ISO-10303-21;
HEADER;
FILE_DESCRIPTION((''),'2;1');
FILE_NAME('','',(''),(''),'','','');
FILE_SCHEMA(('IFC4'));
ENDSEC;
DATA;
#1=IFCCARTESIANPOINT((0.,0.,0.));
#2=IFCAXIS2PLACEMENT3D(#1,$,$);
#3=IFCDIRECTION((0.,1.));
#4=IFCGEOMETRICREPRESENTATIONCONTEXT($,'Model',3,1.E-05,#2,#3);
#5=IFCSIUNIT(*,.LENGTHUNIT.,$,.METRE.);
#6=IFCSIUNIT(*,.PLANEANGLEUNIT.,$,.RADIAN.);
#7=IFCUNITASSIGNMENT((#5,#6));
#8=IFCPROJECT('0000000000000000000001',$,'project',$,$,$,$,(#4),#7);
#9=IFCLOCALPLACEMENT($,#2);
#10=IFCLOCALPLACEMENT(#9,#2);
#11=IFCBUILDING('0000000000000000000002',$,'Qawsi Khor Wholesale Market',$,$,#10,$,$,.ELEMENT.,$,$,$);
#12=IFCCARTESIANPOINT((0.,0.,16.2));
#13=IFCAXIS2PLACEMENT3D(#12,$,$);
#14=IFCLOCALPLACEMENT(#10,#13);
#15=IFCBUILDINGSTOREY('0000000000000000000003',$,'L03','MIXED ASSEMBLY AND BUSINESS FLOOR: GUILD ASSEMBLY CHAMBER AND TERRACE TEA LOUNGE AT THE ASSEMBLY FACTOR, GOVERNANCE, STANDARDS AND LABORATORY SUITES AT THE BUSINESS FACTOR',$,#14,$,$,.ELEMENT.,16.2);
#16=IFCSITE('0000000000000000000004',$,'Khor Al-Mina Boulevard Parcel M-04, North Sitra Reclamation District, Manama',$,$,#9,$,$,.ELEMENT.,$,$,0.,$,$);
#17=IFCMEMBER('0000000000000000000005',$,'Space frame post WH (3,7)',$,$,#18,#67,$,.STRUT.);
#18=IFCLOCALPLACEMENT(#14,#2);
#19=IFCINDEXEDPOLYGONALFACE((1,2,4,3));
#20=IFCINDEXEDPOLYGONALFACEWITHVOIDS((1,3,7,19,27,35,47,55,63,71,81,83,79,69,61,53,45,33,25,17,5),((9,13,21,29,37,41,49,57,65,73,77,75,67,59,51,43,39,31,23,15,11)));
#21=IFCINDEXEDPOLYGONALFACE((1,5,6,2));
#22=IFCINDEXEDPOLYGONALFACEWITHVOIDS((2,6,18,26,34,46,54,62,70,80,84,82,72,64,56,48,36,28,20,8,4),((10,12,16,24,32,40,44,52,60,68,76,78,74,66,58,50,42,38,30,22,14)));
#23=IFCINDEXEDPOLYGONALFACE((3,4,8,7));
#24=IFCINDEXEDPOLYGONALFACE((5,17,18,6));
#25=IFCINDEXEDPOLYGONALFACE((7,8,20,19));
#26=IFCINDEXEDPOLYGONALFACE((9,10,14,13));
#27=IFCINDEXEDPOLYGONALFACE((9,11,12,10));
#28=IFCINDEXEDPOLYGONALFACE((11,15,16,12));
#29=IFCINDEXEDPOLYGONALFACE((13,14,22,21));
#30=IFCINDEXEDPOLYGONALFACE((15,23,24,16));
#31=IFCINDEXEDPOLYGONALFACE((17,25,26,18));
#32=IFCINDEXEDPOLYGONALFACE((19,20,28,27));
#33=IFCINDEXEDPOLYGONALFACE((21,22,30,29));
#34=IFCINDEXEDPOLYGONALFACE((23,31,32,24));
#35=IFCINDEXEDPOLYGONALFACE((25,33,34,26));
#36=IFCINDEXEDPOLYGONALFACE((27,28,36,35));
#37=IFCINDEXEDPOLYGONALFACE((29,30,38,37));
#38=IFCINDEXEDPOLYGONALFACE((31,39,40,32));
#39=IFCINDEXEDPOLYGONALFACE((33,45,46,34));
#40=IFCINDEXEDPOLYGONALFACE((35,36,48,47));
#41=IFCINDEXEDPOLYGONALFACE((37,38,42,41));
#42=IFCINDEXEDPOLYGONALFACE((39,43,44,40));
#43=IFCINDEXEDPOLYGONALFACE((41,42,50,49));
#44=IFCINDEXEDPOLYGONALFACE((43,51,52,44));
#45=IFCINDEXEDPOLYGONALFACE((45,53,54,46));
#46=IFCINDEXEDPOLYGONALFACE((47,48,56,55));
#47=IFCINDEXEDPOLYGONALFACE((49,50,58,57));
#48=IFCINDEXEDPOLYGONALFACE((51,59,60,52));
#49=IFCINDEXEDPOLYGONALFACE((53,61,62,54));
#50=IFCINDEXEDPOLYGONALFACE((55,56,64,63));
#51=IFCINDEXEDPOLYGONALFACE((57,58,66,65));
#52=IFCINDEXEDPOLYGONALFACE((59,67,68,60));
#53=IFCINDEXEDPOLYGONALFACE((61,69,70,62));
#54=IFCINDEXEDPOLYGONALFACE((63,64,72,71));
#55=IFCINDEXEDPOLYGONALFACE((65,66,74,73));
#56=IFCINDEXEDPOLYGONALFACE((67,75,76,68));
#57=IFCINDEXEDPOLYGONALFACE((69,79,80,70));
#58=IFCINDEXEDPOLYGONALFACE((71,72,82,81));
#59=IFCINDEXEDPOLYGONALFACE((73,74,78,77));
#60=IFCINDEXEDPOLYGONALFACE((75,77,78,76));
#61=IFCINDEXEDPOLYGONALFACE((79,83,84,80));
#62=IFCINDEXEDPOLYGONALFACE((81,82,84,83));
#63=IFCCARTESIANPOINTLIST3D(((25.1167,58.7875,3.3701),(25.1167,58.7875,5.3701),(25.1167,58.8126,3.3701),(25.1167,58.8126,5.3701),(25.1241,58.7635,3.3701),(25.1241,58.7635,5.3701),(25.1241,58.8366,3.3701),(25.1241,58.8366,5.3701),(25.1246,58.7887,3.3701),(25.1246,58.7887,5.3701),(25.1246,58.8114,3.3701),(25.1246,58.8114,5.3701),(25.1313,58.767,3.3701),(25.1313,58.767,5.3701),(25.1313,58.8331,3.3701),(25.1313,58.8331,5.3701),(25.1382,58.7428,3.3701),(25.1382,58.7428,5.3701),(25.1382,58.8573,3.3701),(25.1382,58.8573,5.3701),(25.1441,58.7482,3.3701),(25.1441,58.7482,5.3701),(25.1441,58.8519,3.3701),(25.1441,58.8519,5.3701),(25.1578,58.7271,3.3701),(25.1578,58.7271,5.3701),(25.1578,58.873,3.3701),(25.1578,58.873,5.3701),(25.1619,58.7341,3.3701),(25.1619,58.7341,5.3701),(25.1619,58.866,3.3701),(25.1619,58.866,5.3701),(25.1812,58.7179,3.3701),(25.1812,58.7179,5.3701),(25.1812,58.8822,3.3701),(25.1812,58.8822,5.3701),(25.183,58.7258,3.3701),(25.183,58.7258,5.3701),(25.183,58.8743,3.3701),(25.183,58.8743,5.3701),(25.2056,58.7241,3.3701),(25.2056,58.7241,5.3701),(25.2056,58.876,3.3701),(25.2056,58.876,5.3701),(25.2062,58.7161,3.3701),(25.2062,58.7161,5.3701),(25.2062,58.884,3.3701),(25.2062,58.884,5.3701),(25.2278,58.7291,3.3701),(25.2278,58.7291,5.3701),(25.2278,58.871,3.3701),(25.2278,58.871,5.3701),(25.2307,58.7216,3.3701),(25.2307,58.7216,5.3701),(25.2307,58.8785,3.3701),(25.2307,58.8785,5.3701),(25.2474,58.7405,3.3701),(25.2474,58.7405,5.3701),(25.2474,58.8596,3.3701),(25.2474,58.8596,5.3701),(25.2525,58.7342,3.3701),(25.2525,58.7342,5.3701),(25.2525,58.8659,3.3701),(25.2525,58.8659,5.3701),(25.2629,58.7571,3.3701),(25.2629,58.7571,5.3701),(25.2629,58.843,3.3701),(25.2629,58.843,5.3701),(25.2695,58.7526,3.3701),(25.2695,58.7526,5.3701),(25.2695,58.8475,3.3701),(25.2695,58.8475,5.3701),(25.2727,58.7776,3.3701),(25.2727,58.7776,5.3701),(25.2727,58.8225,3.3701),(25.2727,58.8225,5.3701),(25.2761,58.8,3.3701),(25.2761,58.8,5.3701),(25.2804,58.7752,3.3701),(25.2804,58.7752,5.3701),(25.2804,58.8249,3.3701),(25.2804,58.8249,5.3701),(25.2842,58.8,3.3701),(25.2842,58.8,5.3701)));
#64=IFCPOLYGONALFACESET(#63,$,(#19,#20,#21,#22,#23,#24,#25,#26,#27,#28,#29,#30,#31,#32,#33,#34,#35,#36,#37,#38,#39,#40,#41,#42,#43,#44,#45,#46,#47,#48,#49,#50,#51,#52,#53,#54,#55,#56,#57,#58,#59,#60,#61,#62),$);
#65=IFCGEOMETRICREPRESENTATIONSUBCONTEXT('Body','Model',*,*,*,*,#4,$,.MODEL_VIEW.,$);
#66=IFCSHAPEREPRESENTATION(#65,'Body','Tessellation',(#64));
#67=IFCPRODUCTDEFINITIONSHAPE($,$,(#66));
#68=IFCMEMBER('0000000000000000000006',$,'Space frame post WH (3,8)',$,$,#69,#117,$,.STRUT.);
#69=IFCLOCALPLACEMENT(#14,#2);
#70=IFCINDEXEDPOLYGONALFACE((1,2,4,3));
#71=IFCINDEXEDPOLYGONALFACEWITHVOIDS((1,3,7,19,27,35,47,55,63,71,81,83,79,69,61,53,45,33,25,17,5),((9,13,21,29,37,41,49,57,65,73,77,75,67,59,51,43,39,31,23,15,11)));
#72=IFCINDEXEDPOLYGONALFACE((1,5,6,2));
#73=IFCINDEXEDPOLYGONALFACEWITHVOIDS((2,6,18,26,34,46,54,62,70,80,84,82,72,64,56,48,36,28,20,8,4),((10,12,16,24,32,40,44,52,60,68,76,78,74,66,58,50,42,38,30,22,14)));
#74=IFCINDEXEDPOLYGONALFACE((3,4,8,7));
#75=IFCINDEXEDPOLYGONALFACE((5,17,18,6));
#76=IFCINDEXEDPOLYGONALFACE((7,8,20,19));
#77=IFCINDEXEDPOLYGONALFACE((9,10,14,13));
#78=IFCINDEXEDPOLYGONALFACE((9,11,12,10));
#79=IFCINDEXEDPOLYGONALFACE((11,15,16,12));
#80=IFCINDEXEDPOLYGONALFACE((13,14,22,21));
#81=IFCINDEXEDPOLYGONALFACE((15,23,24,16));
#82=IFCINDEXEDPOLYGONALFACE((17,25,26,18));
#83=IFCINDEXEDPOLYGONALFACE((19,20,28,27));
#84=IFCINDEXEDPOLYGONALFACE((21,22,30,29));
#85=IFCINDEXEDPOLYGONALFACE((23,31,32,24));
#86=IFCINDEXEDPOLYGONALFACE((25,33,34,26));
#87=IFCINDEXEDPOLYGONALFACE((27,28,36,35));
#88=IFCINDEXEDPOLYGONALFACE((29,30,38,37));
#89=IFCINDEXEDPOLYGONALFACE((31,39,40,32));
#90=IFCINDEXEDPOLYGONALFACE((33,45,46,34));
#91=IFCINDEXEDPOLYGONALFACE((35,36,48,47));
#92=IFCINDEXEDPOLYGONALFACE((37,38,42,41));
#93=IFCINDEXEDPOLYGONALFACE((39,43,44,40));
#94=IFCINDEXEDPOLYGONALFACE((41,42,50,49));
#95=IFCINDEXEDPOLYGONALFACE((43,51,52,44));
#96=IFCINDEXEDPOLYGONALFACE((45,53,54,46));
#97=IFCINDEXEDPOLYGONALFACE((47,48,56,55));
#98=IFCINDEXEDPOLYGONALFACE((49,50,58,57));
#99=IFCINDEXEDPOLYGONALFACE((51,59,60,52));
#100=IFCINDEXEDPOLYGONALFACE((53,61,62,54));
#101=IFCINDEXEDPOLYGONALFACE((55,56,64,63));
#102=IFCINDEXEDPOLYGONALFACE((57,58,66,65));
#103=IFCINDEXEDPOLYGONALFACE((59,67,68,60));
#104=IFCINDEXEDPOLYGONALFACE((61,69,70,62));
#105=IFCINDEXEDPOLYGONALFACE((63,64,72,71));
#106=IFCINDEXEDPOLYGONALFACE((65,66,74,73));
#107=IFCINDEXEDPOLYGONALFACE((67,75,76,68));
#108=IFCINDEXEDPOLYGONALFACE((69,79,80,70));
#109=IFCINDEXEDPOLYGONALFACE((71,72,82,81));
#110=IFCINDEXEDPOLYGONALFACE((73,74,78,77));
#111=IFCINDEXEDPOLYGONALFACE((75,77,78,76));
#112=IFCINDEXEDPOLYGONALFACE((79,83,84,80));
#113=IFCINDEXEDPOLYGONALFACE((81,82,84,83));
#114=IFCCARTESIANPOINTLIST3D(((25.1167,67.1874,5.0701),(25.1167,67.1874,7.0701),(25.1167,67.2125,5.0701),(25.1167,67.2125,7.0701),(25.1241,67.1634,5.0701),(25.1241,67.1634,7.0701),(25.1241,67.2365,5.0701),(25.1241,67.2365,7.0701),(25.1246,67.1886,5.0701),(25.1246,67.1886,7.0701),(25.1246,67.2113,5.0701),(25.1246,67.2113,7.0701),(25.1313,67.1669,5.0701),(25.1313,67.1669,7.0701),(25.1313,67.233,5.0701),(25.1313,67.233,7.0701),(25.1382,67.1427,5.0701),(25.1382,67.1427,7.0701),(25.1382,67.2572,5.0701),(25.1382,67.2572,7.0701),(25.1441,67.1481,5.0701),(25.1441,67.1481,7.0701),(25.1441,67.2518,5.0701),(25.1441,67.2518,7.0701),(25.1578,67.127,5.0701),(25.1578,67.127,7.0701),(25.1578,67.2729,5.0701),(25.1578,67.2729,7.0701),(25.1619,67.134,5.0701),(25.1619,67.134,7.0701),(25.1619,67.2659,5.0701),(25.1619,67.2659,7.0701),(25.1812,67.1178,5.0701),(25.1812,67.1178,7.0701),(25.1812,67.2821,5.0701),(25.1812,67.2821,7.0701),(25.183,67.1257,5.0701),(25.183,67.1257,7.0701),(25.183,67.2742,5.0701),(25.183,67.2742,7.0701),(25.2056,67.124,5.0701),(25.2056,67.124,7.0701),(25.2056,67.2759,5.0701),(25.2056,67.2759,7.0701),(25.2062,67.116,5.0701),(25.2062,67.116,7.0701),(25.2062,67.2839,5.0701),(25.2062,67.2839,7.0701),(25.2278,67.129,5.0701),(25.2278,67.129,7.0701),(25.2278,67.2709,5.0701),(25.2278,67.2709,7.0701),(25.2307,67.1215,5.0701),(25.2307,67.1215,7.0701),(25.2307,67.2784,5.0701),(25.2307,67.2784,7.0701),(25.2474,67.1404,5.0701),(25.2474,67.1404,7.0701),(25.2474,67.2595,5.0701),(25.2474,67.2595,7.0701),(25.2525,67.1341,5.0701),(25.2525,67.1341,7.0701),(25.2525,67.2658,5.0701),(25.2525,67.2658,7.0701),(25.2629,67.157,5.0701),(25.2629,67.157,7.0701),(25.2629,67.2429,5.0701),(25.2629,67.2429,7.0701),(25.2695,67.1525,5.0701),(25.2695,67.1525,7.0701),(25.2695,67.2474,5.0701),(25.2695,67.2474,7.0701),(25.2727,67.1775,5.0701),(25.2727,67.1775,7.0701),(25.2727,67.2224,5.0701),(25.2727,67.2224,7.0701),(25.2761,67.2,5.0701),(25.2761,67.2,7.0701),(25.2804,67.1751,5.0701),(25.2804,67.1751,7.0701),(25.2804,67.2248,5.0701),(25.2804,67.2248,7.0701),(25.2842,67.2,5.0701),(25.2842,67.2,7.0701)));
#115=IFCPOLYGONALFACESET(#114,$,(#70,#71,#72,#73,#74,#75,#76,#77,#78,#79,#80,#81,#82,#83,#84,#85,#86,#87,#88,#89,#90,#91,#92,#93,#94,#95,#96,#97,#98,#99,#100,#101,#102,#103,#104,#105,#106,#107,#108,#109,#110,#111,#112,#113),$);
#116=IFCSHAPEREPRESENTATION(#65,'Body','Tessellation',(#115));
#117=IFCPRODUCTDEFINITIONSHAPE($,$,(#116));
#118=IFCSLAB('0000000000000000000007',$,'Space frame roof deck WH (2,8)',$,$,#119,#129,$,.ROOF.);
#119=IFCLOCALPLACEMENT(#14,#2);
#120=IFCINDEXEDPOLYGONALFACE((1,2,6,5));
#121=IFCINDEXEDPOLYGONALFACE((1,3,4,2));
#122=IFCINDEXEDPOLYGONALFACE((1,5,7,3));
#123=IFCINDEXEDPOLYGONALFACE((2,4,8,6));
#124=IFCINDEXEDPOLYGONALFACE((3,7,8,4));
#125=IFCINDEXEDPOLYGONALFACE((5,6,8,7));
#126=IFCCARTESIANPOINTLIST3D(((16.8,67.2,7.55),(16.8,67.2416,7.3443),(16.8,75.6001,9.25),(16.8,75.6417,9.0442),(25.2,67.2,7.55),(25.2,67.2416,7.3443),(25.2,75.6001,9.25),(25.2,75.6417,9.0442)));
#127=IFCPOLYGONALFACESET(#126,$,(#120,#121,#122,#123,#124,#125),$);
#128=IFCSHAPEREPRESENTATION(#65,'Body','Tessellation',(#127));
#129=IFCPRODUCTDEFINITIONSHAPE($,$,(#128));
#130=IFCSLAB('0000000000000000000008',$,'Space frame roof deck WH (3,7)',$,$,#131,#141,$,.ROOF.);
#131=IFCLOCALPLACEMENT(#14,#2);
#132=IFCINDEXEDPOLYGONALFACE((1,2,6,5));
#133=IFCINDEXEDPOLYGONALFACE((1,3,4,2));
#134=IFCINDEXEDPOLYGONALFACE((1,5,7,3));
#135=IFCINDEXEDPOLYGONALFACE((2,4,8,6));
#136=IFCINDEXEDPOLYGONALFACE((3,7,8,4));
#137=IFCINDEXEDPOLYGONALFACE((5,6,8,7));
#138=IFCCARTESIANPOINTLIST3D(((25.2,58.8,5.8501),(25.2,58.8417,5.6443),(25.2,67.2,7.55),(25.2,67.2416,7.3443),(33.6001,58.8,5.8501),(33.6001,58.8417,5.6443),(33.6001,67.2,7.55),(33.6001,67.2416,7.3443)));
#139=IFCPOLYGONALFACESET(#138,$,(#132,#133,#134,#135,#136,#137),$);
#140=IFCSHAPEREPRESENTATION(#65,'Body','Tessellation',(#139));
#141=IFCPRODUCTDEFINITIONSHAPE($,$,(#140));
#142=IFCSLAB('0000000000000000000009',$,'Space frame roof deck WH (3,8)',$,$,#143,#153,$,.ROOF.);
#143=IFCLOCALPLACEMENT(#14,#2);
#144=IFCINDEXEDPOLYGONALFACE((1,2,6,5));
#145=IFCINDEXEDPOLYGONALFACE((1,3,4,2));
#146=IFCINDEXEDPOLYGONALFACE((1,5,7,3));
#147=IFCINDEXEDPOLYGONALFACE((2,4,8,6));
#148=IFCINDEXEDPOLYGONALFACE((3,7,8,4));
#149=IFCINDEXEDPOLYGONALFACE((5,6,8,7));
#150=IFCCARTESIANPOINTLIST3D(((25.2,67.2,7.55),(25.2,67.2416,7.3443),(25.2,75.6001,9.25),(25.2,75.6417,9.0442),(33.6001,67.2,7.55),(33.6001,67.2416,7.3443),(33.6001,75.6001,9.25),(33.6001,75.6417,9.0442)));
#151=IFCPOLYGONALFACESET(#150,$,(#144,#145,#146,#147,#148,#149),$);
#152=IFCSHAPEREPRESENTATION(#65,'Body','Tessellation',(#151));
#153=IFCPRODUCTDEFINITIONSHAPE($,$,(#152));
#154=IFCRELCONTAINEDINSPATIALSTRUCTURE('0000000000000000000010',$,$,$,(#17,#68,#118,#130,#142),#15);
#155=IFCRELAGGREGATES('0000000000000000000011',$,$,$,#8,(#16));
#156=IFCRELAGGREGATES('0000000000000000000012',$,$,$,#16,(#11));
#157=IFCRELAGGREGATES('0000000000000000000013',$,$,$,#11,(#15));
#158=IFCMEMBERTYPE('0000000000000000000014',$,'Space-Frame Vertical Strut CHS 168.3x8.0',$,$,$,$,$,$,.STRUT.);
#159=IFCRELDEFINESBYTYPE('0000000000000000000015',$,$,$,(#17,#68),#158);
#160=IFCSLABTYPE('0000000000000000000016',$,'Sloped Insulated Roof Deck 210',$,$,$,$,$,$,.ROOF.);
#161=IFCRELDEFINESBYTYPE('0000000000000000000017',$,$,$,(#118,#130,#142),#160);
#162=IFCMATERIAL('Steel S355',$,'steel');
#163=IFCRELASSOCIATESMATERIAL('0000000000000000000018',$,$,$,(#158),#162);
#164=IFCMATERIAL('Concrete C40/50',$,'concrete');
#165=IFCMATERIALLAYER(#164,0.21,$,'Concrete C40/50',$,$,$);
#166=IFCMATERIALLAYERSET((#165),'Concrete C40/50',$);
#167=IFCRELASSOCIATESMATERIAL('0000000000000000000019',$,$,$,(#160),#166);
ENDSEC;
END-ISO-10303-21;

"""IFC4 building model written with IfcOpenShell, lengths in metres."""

from ifc_helpers import new_model, si_unit, direction, frame, origin, origin_2d, place, context, subcontext, project, spatial, polyline, hollow_circle, outline, extrude, material, layer, layer_set, material_profile, profile_set, type_object, element, save


model = new_model("IFC4")

# Units and contexts
model_context = context("Model", 3, precision=1e-05, world=origin(), true_north=direction((0.0, 1.0)))
body_context = subcontext(model_context, "Body", "Model", "MODEL_VIEW")
ifc_project = project(units=[si_unit("LENGTHUNIT", "METRE"), si_unit("PLANEANGLEUNIT", "RADIAN")], contexts=[model_context])

# Site, building, storey
site_placement = place(None, origin())
site = spatial("IfcSite", under=ifc_project, at=site_placement, Name="Khor Al-Mina Boulevard Parcel M-04, North Sitra Reclamation District, Manama", CompositionType="ELEMENT", RefElevation=0.0)
building_placement = place(site_placement, origin())
building = spatial("IfcBuilding", under=site, at=building_placement, Name="Qawsi Khor Wholesale Market", CompositionType="ELEMENT")
storey_placement = place(building_placement, frame((0.0, 0.0, 16.2)))
storey = spatial("IfcBuildingStorey", under=building, at=storey_placement, Name="L03", Description="MIXED ASSEMBLY AND BUSINESS FLOOR: GUILD ASSEMBLY CHAMBER AND TERRACE TEA LOUNGE AT THE ASSEMBLY FACTOR, GOVERNANCE, STANDARDS AND LABORATORY SUITES AT THE BUSINESS FACTOR", CompositionType="ELEMENT", Elevation=16.2)

# Members
ifc_material_1 = material(Name="Steel S355", Category="steel")
ifc_material_profile_1 = material_profile(ifc_material_1, hollow_circle(Radius=0.0842, WallThickness=0.0081, at=origin_2d()), Name="CHS 168.3x8.0")
ifc_profile_set_1 = profile_set([ifc_material_profile_1], Name="Steel S355")
member_type_1 = type_object("IfcMemberType", Name="Space-Frame Vertical Strut CHS 168.3x8.0", PredefinedType="STRUT", material=ifc_profile_set_1)
for number, where, z_axis, x_axis, name in (
    (1, (25.2, 58.8, 3.3701), (0.0, 0.0, 1.0), (1.0, 0.0, 0.0), "Space frame post WH (3,7)"),
    (2, (25.2, 67.2, 5.0701), (0.0, 0.0, 1.0), (1.0, 0.0, 0.0), "Space frame post WH (3,8)"),
):
    element("IfcMember", number, at=place(storey_placement, frame(where, z_axis=z_axis, x_axis=x_axis)), inside=storey, type_object=member_type_1, Name=name, PredefinedType="STRUT", context=body_context, shape_type="SweptSolid", body=[
        extrude(hollow_circle(Radius=0.0842, WallThickness=0.0081, at=origin_2d()), origin(), (0.0, 0.0, 1.0), 2.0),
    ])

# Slabs
ifc_material_2 = material(Name="Concrete C40/50", Category="concrete")
ifc_layer = layer(ifc_material_2, 0.21, Name="Concrete C40/50")
ifc_layer_set = layer_set([ifc_layer], Name="Concrete C40/50")
slab_type = type_object("IfcSlabType", Name="Sloped Insulated Roof Deck 210", PredefinedType="ROOF", material=ifc_layer_set)
slab_1_placement = place(storey_placement, frame((16.8, 67.2, 7.55), z_axis=(0.0, -0.198351, 0.980131), x_axis=(1.0, 0.0, 0.0)))
element("IfcSlab", 3, at=slab_1_placement, inside=storey, type_object=slab_type, Name="Space frame roof deck WH (2,8)", PredefinedType="ROOF", context=body_context, shape_type="SweptSolid", body=[
    extrude(outline(polyline([(0.0, 0.0), (8.3999, 0.0), (8.3999, 8.5704), (0.0, 8.5704), (0.0, 0.0)])), origin(), (0.0, 0.0, -1.0), 0.21),
])
slab_2_placement = place(storey_placement, frame((25.2, 58.8, 5.8501), z_axis=(0.0, -0.198356, 0.98013), x_axis=(1.0, 0.0, 0.0)))
element("IfcSlab", 4, at=slab_2_placement, inside=storey, type_object=slab_type, Name="Space frame roof deck WH (3,7)", PredefinedType="ROOF", context=body_context, shape_type="SweptSolid", body=[
    extrude(outline(polyline([(0.0, 0.0), (8.4001, 0.0), (8.4001, 8.5702), (0.0, 8.5702), (0.0, 0.0)])), origin(), (0.0, 0.0, -1.0), 0.21),
])
slab_3_placement = place(storey_placement, frame((25.2, 67.2, 7.55), z_axis=(0.0, -0.198351, 0.980131), x_axis=(1.0, 0.0, 0.0)))
element("IfcSlab", 5, at=slab_3_placement, inside=storey, type_object=slab_type, Name="Space frame roof deck WH (3,8)", PredefinedType="ROOF", context=body_context, shape_type="SweptSolid", body=[
    extrude(outline(polyline([(0.0, 0.0), (8.4001, 0.0), (8.4001, 8.5704), (0.0, 8.5704), (0.0, 0.0)])), origin(), (0.0, 0.0, -1.0), 0.21),
])

save(model, "model.ifc")
